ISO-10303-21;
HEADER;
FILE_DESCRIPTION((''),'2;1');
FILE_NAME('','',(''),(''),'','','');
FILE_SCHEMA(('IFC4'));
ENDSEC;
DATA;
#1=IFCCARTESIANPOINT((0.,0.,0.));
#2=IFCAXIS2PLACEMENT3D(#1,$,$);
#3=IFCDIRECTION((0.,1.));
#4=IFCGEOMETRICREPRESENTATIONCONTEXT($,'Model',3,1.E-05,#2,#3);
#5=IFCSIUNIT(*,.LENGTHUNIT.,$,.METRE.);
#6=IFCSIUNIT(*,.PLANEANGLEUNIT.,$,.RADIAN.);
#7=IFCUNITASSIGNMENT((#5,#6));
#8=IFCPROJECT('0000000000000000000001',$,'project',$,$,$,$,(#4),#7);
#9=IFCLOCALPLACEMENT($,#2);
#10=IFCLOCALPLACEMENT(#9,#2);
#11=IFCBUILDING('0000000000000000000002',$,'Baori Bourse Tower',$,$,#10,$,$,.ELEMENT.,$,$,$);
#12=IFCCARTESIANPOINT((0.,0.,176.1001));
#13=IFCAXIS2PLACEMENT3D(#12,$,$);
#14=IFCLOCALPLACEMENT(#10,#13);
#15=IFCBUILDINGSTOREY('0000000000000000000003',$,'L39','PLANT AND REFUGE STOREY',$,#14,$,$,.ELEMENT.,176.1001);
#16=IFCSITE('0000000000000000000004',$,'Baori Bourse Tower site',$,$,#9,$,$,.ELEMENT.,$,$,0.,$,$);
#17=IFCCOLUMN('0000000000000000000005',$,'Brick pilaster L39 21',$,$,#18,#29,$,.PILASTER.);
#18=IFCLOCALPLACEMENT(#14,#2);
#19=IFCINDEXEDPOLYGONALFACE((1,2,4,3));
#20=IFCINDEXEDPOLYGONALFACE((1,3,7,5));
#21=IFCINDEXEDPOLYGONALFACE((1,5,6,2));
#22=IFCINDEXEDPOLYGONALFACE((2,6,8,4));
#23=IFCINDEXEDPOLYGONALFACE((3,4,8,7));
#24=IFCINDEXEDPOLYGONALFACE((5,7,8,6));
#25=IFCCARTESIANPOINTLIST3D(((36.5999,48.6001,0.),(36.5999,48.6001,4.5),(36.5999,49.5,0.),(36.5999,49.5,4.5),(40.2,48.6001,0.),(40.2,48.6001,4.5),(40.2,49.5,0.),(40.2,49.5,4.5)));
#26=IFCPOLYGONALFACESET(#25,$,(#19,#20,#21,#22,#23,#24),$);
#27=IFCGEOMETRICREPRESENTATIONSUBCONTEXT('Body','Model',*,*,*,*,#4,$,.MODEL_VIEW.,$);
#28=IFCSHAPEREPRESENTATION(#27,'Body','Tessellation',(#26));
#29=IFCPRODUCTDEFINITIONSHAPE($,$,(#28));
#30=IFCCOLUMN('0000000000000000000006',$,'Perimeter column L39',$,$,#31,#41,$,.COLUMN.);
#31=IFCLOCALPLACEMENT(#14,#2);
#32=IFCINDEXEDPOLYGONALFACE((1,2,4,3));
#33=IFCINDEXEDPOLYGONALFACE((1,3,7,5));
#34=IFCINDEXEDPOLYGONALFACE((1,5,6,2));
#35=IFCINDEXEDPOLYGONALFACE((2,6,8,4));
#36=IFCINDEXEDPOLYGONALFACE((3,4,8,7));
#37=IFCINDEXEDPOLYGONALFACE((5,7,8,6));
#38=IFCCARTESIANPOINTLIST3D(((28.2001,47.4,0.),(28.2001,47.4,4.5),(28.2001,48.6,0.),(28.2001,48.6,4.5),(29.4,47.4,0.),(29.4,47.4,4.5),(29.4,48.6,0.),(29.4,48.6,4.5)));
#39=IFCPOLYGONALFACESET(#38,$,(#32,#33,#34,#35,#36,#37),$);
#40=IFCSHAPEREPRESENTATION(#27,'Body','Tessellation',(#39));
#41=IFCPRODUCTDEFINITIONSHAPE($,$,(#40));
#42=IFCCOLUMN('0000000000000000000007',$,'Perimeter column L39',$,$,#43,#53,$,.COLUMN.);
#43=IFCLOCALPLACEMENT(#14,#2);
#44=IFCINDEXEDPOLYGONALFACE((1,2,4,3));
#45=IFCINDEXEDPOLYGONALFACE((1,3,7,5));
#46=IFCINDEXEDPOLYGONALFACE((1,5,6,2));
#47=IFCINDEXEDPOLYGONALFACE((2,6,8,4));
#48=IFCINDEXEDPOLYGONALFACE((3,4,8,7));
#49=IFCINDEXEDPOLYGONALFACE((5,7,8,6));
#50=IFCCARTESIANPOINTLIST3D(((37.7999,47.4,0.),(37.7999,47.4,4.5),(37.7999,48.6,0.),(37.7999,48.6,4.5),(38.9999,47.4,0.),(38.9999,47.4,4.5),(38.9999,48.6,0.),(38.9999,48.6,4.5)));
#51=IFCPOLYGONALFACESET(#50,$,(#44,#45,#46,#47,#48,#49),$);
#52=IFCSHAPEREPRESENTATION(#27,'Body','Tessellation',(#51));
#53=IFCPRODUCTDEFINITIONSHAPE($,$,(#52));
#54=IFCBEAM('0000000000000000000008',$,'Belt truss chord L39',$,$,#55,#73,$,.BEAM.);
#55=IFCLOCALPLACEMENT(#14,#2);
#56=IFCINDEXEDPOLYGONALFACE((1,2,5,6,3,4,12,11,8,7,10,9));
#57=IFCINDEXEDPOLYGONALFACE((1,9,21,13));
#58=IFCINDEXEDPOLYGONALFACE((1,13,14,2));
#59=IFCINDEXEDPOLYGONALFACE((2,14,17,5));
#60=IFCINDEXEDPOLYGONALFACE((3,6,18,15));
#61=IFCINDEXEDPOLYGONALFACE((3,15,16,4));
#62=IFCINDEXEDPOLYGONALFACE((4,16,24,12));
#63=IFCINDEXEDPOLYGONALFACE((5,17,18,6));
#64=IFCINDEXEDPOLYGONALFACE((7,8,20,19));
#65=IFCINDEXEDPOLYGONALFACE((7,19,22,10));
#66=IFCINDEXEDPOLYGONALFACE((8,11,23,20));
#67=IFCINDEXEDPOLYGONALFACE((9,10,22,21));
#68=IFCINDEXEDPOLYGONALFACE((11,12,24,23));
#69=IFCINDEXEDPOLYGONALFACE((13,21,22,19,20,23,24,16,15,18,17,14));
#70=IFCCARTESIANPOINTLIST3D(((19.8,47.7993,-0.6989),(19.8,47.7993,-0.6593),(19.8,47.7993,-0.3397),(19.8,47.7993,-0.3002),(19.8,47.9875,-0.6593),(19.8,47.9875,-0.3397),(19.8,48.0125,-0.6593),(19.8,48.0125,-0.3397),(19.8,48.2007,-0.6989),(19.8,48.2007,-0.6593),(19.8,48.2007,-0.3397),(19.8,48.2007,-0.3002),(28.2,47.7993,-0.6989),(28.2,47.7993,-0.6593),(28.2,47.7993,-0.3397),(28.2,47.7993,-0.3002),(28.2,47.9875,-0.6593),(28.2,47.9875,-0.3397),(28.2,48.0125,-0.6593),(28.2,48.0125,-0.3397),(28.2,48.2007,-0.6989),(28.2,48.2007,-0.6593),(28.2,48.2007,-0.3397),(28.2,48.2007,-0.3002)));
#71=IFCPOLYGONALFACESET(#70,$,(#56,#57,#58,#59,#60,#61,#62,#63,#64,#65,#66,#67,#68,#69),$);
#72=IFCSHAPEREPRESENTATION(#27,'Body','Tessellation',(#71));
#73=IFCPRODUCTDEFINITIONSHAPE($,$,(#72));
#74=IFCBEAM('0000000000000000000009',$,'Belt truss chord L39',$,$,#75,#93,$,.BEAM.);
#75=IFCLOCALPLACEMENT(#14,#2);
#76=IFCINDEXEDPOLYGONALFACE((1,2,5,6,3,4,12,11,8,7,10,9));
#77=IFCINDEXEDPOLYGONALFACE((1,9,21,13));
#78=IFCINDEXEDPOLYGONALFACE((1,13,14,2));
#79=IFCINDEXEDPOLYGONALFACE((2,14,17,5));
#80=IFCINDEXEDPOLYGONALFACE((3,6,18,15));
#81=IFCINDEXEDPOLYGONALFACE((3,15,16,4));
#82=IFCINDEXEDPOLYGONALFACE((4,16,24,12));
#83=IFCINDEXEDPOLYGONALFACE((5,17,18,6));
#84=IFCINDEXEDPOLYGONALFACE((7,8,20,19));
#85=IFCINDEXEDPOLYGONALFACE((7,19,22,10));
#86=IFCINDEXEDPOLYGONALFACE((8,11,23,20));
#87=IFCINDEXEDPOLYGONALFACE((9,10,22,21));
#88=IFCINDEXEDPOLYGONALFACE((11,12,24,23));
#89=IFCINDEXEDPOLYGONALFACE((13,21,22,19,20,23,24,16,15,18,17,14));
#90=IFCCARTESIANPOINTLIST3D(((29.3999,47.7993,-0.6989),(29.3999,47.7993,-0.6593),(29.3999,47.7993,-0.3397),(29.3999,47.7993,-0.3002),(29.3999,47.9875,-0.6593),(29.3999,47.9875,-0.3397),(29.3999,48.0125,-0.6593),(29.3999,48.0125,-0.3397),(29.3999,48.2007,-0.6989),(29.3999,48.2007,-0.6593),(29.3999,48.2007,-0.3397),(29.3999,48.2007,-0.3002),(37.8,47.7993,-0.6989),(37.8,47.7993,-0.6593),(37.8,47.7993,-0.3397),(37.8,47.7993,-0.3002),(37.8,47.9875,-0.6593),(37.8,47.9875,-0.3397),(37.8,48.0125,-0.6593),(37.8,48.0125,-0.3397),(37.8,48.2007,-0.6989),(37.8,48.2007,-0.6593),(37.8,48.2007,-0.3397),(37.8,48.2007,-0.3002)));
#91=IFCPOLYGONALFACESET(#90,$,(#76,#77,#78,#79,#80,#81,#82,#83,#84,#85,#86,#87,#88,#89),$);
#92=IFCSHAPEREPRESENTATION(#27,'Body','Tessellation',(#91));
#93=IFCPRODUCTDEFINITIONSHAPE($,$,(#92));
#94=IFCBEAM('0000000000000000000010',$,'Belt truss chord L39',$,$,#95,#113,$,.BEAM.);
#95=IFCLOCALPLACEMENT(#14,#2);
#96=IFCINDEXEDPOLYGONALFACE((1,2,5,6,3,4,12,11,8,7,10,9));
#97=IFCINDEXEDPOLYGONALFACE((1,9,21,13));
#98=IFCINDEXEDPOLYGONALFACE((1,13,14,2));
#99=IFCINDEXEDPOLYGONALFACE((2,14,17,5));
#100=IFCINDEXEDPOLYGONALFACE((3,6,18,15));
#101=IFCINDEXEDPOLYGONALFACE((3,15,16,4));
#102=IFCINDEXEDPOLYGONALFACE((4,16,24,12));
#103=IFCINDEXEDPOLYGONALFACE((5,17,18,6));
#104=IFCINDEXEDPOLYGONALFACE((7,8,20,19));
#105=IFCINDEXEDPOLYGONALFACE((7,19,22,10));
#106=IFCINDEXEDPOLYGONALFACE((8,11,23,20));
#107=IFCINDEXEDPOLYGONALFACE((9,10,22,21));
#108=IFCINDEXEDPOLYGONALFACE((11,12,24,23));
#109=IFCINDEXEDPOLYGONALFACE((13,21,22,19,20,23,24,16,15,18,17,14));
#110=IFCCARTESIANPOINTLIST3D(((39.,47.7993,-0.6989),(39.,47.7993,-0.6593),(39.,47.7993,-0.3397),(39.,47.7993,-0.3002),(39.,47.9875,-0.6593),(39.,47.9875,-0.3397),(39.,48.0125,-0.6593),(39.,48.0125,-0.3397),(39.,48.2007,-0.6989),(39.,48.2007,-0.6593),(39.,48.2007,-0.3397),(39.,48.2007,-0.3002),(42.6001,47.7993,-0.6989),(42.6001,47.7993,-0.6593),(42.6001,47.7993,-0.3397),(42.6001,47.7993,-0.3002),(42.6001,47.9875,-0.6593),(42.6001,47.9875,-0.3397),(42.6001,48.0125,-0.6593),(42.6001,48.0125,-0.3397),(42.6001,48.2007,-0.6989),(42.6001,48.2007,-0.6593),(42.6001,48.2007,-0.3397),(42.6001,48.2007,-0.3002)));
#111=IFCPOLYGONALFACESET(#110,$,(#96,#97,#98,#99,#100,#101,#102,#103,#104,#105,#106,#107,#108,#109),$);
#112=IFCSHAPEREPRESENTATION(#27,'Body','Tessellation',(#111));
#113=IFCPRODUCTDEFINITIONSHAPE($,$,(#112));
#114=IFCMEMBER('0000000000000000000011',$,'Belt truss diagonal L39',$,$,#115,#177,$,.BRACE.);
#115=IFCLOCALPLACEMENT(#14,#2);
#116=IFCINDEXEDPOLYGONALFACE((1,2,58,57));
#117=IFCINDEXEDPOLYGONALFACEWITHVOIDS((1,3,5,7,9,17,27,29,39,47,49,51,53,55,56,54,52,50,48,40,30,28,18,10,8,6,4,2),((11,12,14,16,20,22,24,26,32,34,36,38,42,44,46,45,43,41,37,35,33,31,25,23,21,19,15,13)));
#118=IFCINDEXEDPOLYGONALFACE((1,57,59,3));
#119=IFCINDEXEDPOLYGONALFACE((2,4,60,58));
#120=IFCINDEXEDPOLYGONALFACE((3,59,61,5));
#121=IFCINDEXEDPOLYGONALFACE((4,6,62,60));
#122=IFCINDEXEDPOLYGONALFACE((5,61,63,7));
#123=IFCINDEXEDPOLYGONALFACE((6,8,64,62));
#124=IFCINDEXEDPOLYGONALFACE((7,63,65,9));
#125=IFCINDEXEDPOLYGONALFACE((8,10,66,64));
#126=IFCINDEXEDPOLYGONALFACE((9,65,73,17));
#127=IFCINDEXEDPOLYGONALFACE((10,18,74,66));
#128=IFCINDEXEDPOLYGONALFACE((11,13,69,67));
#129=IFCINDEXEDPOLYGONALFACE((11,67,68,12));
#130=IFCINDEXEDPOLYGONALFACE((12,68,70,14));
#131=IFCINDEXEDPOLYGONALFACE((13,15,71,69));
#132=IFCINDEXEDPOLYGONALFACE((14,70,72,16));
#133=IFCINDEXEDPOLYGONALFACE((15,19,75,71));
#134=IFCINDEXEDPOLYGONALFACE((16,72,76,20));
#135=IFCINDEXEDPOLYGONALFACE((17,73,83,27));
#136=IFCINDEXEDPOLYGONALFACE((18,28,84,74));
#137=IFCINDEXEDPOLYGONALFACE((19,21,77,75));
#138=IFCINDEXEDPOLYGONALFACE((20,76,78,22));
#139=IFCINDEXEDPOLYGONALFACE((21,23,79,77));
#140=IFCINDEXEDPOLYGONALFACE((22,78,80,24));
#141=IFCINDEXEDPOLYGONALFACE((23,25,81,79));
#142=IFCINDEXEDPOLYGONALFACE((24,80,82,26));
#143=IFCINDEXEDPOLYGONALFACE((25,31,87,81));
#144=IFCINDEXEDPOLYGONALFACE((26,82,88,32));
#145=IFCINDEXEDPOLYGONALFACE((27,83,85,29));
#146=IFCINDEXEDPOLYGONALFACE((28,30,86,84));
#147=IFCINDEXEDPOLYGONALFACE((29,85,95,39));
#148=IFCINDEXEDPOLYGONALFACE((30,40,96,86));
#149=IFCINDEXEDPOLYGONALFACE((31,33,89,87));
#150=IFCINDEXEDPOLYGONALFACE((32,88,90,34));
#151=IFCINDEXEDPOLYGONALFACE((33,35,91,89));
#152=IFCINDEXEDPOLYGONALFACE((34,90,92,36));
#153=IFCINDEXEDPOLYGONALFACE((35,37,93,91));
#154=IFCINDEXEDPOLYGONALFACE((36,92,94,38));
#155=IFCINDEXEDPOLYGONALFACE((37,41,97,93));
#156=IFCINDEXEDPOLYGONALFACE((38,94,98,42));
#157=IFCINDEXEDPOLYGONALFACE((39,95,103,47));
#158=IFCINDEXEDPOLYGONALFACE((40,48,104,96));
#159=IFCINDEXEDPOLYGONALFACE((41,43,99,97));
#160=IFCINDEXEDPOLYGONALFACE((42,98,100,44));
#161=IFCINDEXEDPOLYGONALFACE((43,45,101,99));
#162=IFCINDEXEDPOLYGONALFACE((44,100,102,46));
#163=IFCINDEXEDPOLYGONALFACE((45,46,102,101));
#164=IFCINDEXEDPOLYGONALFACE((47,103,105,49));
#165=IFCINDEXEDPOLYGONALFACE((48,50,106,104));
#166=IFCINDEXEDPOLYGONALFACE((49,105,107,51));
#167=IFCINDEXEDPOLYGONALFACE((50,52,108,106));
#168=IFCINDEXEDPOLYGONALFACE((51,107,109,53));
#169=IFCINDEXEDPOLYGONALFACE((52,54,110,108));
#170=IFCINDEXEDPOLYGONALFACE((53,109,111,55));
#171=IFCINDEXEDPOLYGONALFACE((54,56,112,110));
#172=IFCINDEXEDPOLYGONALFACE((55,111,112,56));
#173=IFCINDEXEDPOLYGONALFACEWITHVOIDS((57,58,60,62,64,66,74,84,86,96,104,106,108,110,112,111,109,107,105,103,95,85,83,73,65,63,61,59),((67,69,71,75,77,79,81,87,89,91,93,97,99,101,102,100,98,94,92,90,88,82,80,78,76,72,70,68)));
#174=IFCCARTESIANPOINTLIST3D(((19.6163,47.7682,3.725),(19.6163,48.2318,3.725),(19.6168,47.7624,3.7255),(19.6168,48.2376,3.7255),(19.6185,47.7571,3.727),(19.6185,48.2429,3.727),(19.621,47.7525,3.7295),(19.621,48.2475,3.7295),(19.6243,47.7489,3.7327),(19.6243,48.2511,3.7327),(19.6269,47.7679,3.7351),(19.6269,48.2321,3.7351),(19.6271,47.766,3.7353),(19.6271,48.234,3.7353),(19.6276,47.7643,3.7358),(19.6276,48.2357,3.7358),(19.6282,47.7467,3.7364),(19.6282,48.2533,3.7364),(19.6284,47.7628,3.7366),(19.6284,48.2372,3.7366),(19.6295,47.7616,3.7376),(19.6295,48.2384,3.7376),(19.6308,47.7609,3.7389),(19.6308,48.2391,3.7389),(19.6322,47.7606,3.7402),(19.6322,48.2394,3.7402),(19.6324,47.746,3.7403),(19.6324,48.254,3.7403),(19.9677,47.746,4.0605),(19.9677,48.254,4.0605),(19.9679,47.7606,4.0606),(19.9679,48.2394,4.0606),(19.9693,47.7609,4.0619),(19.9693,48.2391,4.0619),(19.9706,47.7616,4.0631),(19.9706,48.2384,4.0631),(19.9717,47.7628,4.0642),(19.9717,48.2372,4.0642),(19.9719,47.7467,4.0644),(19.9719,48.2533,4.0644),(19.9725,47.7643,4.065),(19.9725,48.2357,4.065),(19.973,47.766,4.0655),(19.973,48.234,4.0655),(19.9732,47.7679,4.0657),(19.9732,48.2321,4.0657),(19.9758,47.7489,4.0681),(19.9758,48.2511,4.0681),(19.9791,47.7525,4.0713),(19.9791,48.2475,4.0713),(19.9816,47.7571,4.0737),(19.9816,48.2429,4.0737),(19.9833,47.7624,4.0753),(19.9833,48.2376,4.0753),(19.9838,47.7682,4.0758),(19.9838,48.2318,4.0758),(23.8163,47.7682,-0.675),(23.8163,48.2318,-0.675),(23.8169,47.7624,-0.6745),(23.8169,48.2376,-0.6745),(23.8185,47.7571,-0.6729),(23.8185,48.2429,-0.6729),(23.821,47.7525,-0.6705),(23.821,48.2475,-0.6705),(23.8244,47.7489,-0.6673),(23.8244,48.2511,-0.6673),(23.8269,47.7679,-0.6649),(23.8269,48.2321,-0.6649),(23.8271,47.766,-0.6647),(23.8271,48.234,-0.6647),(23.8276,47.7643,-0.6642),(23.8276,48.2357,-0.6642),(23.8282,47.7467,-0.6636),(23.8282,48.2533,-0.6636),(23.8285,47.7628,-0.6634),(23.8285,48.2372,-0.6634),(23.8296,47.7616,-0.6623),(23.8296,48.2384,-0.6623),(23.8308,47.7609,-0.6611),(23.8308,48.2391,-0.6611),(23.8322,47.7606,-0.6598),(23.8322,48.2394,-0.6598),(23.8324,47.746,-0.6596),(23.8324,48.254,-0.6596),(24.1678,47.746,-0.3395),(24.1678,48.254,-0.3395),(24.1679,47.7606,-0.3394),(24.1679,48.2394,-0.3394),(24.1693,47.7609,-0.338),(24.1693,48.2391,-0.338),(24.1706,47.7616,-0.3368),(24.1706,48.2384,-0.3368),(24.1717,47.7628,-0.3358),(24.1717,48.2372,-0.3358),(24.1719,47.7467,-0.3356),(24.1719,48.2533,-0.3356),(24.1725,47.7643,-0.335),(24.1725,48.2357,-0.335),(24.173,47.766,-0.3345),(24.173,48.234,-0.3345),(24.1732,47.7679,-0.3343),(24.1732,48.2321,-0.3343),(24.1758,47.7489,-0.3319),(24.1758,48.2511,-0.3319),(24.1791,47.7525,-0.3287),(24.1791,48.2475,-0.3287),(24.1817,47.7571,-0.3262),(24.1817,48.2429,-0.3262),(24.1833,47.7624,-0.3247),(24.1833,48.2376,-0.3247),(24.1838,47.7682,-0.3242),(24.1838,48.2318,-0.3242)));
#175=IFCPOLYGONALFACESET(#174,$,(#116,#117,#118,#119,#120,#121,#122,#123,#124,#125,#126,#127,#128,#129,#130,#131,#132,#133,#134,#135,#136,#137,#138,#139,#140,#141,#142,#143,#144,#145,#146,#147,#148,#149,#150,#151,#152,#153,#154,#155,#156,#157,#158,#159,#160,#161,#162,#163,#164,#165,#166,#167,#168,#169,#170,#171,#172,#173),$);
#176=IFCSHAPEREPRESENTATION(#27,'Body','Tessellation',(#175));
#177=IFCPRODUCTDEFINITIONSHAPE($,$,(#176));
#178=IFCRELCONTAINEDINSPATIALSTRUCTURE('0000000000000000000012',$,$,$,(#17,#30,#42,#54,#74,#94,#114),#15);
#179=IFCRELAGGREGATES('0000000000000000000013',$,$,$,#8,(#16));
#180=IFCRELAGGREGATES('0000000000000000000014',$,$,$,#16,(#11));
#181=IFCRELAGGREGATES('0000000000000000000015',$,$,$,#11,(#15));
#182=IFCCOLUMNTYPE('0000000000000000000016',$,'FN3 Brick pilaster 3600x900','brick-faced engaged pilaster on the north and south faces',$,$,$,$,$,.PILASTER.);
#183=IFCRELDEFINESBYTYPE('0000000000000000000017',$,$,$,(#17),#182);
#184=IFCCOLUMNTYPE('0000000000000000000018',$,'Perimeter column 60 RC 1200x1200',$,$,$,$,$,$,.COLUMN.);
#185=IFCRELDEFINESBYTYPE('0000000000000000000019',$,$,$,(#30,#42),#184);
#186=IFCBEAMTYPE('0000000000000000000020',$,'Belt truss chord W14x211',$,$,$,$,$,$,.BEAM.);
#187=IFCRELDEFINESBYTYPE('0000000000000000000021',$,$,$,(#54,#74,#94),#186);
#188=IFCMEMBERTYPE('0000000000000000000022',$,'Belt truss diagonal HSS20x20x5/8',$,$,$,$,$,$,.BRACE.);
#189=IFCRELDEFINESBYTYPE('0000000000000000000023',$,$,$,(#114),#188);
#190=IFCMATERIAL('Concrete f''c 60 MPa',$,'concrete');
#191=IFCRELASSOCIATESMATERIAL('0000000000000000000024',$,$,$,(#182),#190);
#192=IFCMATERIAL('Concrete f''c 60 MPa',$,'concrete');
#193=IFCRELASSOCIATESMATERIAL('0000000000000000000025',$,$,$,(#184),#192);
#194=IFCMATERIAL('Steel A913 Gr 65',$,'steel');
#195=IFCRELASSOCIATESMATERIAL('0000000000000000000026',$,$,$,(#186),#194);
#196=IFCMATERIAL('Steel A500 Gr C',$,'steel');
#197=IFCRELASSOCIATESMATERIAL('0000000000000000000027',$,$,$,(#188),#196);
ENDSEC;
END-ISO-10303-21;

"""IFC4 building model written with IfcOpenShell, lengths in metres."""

from ifc_helpers import new_model, si_unit, direction, frame, origin, origin_2d, place, context, subcontext, project, spatial, rectangle, hollow_rectangle, i_section, extrude, material, material_profile, profile_set, type_object, element, save


model = new_model("IFC4")

# Units and contexts
model_context = context("Model", 3, precision=1e-05, world=origin(), true_north=direction((0.0, 1.0)))
body_context = subcontext(model_context, "Body", "Model", "MODEL_VIEW")
ifc_project = project(units=[si_unit("LENGTHUNIT", "METRE"), si_unit("PLANEANGLEUNIT", "RADIAN")], contexts=[model_context])

# Site, building, storey
site_placement = place(None, origin())
site = spatial("IfcSite", under=ifc_project, at=site_placement, Name="Baori Bourse Tower site", CompositionType="ELEMENT", RefElevation=0.0)
building_placement = place(site_placement, origin())
building = spatial("IfcBuilding", under=site, at=building_placement, Name="Baori Bourse Tower", CompositionType="ELEMENT")
storey_placement = place(building_placement, frame((0.0, 0.0, 176.1001)))
storey = spatial("IfcBuildingStorey", under=building, at=storey_placement, Name="L39", Description="PLANT AND REFUGE STOREY", CompositionType="ELEMENT", Elevation=176.1001)

# Columns
ifc_material_1 = material(Name="Concrete f'c 60 MPa", Category="concrete")
ifc_material_profile_1 = material_profile(ifc_material_1, rectangle(XDim=3.6001, YDim=0.8999, at=origin_2d()), Name="RC 3600x900")
ifc_profile_set_1 = profile_set([ifc_material_profile_1], Name="Concrete f'c 60 MPa")
column_type_1 = type_object("IfcColumnType", Name="FN3 Brick pilaster 3600x900", Description="brick-faced engaged pilaster on the north and south faces", PredefinedType="PILASTER", material=ifc_profile_set_1)
column_placement = place(storey_placement, frame((38.3999, 49.05, 0.0), z_axis=(0.0, 0.0, 1.0), x_axis=(1.0, 0.0, 0.0)))
element("IfcColumn", 1, at=column_placement, inside=storey, type_object=column_type_1, Name="Brick pilaster L39 21", PredefinedType="PILASTER", context=body_context, shape_type="SweptSolid", body=[
    extrude(rectangle(XDim=3.6001, YDim=0.8999, at=origin_2d()), origin(), (0.0, 0.0, 1.0), 4.5),
])
ifc_material_2 = material(Name="Concrete f'c 60 MPa", Category="concrete")
ifc_material_profile_2 = material_profile(ifc_material_2, rectangle(XDim=1.2, YDim=1.2, at=origin_2d()), Name="RC 1200x1200")
ifc_profile_set_2 = profile_set([ifc_material_profile_2], Name="Concrete f'c 60 MPa")
column_type_2 = type_object("IfcColumnType", Name="Perimeter column 60 RC 1200x1200", PredefinedType="COLUMN", material=ifc_profile_set_2)
for number, where, z_axis, x_axis, name in (
    (2, (28.8, 48.0, 0.0), (0.0, 0.0, 1.0), (1.0, 0.0, 0.0), "Perimeter column L39"),
    (3, (38.3999, 48.0, 0.0), (0.0, 0.0, 1.0), (1.0, 0.0, 0.0), "Perimeter column L39"),
):
    element("IfcColumn", number, at=place(storey_placement, frame(where, z_axis=z_axis, x_axis=x_axis)), inside=storey, type_object=column_type_2, Name=name, PredefinedType="COLUMN", context=body_context, shape_type="SweptSolid", body=[
        extrude(rectangle(XDim=1.2, YDim=1.2, at=origin_2d()), origin(), (0.0, 0.0, 1.0), 4.5),
    ])

# Beams
ifc_material_3 = material(Name="Steel A913 Gr 65", Category="steel")
ifc_material_profile_3 = material_profile(ifc_material_3, i_section(OverallWidth=0.4014, OverallDepth=0.3987, WebThickness=0.0249, FlangeThickness=0.0396, at=origin_2d()), Name="W14x211")
ifc_profile_set_3 = profile_set([ifc_material_profile_3], Name="Steel A913 Gr 65")
beam_type = type_object("IfcBeamType", Name="Belt truss chord W14x211", PredefinedType="BEAM", material=ifc_profile_set_3)
beam_1_placement = place(storey_placement, frame((19.8, 48.0, -0.4995), z_axis=(1.0, 0.0, 0.0), x_axis=(0.0, 1.0, 0.0)))
element("IfcBeam", 4, at=beam_1_placement, inside=storey, type_object=beam_type, Name="Belt truss chord L39", PredefinedType="BEAM", context=body_context, shape_type="SweptSolid", body=[
    extrude(i_section(OverallWidth=0.4014, OverallDepth=0.3987, WebThickness=0.0249, FlangeThickness=0.0396, at=origin_2d()), origin(), (0.0, 0.0, 1.0), 8.3999),
])
beam_2_placement = place(storey_placement, frame((29.3999, 48.0, -0.4995), z_axis=(1.0, 0.0, 0.0), x_axis=(0.0, 1.0, 0.0)))
element("IfcBeam", 5, at=beam_2_placement, inside=storey, type_object=beam_type, Name="Belt truss chord L39", PredefinedType="BEAM", context=body_context, shape_type="SweptSolid", body=[
    extrude(i_section(OverallWidth=0.4014, OverallDepth=0.3987, WebThickness=0.0249, FlangeThickness=0.0396, at=origin_2d()), origin(), (0.0, 0.0, 1.0), 8.4001),
])
beam_3_placement = place(storey_placement, frame((39.0, 48.0, -0.4995), z_axis=(1.0, 0.0, 0.0), x_axis=(0.0, 1.0, 0.0)))
element("IfcBeam", 6, at=beam_3_placement, inside=storey, type_object=beam_type, Name="Belt truss chord L39", PredefinedType="BEAM", context=body_context, shape_type="SweptSolid", body=[
    extrude(i_section(OverallWidth=0.4014, OverallDepth=0.3987, WebThickness=0.0249, FlangeThickness=0.0396, at=origin_2d()), origin(), (0.0, 0.0, 1.0), 3.6001),
])

# Member
ifc_material_4 = material(Name="Steel A500 Gr C", Category="steel")
ifc_material_profile_4 = material_profile(ifc_material_4, hollow_rectangle(XDim=0.5081, YDim=0.5081, WallThickness=0.0146, InnerFilletRadius=0.0073, OuterFilletRadius=0.0222, at=origin_2d()), Name="HSS20x20x5/8")
ifc_profile_set_4 = profile_set([ifc_material_profile_4], Name="Steel A500 Gr C")
member_type_1 = type_object("IfcMemberType", Name="Belt truss diagonal HSS20x20x5/8", PredefinedType="BRACE", material=ifc_profile_set_4)
for number, where, z_axis, x_axis, name in (
    (7, (19.8, 48.0, 3.9004), (0.69048, 0.0, -0.723352), (0.0, 1.0, 0.0), "Belt truss diagonal L39"),
):
    element("IfcMember", number, at=place(storey_placement, frame(where, z_axis=z_axis, x_axis=x_axis)), inside=storey, type_object=member_type_1, Name=name, PredefinedType="BRACE", context=body_context, shape_type="SweptSolid", body=[
        extrude(hollow_rectangle(XDim=0.5081, YDim=0.5081, WallThickness=0.0146, InnerFilletRadius=0.0073, OuterFilletRadius=0.0222, at=origin_2d()), origin(), (0.0, 0.0, 1.0), 6.0828),
    ])

save(model, "model.ifc")
